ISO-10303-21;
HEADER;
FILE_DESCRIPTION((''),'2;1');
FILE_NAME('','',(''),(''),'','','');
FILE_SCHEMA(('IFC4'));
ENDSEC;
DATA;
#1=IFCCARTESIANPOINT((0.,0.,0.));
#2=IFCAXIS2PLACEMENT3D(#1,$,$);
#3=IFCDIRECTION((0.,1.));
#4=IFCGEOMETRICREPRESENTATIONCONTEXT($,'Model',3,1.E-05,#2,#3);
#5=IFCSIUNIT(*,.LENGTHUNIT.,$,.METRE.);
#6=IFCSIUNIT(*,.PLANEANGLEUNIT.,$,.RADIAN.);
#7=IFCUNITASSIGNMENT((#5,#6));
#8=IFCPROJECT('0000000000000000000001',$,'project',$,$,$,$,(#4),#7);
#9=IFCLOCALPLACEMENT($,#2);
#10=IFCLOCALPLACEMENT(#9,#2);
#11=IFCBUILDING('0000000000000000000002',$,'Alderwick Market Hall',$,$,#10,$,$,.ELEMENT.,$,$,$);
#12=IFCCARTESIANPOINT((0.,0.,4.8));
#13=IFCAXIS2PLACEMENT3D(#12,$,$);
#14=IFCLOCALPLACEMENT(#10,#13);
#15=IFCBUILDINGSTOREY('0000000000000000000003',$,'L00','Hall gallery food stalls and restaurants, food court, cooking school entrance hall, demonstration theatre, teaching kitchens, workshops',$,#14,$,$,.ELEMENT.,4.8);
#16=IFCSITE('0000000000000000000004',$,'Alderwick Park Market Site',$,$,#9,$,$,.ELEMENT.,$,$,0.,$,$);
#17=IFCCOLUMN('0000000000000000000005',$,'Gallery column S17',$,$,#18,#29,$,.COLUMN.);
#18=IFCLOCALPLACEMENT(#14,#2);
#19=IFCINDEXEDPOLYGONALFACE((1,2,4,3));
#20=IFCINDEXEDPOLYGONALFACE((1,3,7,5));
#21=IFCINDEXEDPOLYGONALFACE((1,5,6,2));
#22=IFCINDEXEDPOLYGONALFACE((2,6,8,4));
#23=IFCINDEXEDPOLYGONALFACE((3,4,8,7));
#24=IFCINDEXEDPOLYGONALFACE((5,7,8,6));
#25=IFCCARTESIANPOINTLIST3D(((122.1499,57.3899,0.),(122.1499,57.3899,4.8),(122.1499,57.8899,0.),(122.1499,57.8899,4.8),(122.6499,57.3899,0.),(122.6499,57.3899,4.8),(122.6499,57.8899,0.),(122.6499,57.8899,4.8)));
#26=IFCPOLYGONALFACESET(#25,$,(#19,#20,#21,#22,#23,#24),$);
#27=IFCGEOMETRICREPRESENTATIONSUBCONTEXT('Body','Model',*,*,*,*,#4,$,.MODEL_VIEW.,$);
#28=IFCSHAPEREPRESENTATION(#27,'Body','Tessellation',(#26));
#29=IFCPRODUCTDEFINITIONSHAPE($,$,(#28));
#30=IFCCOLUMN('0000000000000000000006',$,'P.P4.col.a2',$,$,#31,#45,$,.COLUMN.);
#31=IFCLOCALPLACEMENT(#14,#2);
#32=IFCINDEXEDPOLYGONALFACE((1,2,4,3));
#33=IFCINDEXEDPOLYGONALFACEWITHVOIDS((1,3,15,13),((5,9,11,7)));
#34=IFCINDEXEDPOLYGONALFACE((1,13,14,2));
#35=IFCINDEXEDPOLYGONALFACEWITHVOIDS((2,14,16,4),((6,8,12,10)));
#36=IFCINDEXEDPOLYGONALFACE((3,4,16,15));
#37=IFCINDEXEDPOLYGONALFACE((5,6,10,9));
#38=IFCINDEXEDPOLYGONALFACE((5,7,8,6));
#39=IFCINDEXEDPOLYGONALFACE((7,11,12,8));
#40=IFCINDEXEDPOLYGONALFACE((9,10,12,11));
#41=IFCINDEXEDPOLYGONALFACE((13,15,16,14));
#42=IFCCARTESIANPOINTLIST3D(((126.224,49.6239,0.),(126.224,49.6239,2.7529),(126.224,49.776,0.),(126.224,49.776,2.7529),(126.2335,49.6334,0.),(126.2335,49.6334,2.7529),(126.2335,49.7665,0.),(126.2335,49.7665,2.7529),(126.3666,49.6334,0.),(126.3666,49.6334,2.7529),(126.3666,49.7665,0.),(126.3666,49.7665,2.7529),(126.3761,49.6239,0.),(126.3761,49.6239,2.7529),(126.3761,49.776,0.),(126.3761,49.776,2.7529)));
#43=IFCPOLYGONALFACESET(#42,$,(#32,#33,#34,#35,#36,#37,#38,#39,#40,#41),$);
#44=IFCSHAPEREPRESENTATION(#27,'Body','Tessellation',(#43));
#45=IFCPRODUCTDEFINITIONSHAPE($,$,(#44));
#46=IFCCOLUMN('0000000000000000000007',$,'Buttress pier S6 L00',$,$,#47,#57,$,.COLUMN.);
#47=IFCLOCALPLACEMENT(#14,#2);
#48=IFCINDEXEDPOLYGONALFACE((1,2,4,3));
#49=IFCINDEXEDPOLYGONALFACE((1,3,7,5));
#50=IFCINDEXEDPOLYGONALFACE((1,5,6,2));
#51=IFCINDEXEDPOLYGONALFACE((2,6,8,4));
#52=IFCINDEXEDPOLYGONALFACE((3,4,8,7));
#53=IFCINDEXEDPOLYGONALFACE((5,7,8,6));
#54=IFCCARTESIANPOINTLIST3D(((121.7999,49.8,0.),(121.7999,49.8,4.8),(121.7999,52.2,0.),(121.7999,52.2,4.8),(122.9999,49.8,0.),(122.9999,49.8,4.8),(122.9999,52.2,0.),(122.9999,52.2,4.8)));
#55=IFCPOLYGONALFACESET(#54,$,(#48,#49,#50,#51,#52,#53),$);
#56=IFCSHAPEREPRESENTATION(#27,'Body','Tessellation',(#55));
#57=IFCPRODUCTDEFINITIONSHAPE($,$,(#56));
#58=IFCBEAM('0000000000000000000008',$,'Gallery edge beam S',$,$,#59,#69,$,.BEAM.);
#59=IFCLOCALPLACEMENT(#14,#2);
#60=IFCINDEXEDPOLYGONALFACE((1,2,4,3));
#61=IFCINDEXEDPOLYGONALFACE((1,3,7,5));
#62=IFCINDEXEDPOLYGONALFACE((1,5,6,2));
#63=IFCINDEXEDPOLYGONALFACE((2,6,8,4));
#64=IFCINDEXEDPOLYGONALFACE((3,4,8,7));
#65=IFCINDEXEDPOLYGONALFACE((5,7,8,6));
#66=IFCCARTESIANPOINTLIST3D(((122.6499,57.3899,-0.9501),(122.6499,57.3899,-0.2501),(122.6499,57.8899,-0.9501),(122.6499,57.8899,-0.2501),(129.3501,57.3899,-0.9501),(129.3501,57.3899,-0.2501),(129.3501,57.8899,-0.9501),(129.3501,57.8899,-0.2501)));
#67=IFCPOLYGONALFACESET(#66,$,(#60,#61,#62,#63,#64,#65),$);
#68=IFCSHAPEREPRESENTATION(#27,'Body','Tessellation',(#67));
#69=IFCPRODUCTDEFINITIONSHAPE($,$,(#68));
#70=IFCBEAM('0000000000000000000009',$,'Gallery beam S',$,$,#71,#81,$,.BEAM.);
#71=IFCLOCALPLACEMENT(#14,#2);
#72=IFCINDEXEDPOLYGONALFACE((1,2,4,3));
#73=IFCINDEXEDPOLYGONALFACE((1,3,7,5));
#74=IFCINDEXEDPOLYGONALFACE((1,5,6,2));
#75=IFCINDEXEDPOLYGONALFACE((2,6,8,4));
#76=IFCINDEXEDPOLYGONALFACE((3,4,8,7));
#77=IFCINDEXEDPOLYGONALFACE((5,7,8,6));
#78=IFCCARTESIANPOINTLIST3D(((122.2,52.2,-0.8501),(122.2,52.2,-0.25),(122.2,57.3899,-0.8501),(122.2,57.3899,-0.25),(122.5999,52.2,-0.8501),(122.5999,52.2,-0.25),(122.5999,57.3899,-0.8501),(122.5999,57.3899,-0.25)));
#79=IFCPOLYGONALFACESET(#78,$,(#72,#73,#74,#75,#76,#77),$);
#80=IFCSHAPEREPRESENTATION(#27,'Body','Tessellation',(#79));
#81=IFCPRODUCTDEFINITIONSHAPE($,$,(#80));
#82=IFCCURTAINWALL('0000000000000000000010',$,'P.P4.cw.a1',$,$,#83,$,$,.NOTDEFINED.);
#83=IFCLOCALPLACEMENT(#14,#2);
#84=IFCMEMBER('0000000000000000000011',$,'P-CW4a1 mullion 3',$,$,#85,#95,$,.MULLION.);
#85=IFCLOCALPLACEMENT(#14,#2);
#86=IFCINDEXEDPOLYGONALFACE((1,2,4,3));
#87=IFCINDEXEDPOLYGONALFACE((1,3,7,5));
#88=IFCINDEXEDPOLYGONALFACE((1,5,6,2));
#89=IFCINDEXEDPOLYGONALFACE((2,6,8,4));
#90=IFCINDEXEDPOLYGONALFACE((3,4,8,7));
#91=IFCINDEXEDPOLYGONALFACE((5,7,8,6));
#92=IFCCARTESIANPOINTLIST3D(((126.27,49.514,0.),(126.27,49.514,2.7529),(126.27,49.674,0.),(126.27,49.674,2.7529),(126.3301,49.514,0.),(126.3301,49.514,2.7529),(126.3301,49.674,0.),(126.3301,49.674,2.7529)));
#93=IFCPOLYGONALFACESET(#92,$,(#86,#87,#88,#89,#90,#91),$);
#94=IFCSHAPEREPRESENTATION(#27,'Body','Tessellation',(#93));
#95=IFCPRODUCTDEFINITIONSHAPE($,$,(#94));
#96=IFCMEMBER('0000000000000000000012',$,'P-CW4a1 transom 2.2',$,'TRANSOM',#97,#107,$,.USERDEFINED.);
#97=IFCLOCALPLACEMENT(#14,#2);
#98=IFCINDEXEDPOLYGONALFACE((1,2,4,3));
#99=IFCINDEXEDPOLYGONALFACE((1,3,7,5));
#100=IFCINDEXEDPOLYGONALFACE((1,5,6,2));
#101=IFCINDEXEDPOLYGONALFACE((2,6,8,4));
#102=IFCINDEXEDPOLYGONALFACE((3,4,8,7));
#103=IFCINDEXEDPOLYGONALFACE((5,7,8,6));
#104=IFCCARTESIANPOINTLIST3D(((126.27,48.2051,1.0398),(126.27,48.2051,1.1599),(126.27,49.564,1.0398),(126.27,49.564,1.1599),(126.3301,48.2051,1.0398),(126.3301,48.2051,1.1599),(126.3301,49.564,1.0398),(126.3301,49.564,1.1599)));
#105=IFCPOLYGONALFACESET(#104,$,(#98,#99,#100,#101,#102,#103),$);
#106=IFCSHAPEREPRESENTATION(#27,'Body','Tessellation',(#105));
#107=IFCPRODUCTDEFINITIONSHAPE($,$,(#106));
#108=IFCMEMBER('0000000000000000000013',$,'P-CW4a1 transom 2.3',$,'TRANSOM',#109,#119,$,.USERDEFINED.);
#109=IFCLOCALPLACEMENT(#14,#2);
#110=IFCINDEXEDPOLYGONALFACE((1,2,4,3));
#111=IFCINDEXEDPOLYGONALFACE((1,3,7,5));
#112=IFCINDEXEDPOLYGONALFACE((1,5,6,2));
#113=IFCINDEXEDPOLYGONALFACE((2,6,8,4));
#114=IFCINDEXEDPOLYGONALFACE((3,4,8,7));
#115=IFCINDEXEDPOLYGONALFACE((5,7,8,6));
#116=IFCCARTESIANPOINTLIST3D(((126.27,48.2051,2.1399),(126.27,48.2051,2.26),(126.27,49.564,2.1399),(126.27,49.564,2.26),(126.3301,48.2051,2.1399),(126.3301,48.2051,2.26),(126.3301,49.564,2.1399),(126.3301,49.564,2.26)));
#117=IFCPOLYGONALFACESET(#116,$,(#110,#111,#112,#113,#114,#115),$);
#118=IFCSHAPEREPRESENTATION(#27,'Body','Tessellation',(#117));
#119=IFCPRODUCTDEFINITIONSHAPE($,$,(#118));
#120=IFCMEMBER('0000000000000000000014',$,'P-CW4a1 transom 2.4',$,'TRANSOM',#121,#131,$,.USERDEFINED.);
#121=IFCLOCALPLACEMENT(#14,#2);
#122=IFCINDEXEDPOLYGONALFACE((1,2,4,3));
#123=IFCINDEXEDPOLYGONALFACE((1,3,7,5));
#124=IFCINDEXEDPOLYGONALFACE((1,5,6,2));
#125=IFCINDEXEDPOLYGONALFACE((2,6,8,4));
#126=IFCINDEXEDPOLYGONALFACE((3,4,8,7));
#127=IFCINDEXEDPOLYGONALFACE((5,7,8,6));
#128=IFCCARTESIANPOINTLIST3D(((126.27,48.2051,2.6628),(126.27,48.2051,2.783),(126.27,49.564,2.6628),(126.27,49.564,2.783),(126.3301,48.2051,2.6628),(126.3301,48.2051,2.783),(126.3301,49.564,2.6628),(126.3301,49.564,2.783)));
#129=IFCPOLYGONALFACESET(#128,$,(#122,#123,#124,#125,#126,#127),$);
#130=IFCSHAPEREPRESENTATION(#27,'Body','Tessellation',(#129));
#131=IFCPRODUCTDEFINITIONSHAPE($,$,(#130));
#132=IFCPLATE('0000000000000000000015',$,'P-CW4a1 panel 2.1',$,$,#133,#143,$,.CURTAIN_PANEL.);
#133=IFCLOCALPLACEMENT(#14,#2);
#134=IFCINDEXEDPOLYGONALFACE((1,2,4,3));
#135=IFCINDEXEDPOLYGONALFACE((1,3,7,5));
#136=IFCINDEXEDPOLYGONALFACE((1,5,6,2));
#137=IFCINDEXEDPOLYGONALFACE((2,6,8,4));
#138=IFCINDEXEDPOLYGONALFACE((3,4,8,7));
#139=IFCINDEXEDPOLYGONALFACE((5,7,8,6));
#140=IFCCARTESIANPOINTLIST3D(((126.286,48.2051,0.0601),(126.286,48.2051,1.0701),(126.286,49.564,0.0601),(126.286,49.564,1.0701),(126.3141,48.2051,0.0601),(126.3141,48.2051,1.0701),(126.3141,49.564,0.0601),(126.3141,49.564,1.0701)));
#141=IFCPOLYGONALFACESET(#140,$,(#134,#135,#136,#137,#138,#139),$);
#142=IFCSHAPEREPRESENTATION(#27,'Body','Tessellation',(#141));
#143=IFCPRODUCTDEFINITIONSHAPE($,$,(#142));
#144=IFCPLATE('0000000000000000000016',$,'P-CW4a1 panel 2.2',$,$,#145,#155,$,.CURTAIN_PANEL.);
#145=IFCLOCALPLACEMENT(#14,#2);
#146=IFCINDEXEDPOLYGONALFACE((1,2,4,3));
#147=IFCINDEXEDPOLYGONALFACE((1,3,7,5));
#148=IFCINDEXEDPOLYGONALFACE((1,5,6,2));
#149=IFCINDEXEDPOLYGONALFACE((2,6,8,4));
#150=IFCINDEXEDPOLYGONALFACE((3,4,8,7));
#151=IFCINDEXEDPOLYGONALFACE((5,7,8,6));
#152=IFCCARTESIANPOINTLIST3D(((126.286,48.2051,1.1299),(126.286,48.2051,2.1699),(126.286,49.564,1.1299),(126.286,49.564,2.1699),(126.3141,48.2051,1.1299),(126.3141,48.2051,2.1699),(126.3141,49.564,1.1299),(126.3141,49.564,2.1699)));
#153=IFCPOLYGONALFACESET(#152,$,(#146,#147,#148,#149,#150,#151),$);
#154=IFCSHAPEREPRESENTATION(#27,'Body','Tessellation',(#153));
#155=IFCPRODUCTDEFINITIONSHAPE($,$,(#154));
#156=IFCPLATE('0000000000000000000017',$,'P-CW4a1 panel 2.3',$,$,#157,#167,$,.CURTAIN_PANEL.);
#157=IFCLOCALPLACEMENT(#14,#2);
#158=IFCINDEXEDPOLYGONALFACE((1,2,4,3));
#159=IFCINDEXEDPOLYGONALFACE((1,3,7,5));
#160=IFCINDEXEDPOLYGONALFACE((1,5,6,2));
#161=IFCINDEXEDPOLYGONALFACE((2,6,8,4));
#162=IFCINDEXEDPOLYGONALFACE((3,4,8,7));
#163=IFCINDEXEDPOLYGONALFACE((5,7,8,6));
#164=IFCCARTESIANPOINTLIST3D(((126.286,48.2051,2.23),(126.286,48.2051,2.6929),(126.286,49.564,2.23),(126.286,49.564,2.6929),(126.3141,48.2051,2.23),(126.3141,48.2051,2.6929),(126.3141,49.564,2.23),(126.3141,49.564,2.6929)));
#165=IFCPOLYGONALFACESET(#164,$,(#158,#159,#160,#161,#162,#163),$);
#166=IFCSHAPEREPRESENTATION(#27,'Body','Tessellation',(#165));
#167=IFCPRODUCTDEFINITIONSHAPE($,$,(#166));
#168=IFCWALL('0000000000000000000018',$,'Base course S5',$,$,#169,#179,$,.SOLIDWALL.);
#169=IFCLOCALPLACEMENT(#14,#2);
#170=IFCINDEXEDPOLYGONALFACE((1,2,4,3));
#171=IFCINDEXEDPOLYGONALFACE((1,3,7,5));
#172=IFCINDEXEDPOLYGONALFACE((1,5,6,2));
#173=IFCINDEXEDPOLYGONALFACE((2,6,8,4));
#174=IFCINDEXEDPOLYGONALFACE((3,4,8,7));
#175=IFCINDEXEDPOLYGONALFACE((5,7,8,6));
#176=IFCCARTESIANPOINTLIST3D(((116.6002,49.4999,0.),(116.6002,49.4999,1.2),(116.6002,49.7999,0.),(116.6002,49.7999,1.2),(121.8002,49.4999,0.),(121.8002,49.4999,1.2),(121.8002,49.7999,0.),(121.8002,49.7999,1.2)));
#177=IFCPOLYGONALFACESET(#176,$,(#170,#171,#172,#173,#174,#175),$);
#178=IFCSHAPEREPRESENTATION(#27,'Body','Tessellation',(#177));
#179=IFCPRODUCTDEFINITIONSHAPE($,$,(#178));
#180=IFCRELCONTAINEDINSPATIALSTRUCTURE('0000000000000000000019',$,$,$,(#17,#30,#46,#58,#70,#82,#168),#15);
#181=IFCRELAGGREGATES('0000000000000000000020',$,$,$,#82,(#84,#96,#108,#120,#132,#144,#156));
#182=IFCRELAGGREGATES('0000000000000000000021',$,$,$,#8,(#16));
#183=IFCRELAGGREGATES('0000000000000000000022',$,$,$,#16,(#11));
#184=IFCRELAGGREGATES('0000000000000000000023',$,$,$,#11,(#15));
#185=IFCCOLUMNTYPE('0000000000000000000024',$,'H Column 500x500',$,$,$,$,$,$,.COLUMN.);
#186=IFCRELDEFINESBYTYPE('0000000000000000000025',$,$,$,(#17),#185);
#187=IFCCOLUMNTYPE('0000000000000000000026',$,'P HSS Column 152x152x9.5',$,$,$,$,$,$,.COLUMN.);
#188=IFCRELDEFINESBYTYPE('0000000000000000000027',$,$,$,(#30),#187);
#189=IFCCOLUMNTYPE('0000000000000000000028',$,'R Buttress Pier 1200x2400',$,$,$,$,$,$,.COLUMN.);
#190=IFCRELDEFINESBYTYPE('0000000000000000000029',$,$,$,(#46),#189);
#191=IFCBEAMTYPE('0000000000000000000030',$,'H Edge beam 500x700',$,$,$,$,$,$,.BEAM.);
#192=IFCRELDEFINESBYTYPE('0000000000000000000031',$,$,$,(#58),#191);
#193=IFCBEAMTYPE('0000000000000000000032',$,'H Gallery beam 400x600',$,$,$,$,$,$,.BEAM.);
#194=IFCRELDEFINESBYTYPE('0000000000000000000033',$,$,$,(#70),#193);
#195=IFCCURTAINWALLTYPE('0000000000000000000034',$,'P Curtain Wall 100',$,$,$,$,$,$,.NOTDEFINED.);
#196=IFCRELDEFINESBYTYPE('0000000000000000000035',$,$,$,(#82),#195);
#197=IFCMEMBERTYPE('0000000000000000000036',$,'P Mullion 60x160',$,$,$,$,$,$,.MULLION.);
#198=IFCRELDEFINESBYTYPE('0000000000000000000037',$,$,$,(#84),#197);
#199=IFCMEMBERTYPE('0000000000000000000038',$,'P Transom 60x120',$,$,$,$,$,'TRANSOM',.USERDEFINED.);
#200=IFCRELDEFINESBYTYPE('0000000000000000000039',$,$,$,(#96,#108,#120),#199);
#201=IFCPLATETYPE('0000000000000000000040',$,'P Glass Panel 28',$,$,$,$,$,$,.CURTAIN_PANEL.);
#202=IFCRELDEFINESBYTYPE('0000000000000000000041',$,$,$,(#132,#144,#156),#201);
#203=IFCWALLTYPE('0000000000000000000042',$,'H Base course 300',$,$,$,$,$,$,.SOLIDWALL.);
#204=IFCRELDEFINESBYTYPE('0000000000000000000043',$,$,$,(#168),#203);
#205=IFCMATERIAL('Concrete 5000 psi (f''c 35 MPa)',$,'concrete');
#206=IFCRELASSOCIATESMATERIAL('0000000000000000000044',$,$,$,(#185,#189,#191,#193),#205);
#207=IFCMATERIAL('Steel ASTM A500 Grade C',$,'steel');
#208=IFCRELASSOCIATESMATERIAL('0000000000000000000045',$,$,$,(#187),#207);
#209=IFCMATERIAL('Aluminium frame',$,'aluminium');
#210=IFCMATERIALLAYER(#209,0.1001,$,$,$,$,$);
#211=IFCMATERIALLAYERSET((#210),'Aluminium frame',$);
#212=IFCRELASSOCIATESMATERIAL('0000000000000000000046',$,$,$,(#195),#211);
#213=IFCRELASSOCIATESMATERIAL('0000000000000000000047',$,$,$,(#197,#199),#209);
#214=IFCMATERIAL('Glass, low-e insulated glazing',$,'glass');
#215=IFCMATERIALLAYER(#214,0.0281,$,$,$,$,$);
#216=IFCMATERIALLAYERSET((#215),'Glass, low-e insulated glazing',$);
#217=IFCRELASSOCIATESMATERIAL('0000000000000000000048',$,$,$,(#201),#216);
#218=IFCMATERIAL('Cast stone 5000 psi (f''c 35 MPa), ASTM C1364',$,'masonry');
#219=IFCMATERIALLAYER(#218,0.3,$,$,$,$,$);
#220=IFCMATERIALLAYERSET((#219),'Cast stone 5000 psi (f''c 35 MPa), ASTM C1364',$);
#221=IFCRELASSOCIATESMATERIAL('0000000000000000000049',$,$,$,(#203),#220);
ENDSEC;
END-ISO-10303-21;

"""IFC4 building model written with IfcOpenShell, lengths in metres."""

from ifc_helpers import new_model, si_unit, direction, frame, frame_2d, origin, origin_2d, place, context, subcontext, project, spatial, rectangle, hollow_rectangle, extrude, material, layer, layer_set, material_profile, profile_set, type_object, element, aggregate, save


model = new_model("IFC4")

# Units and contexts
model_context = context("Model", 3, precision=1e-05, world=origin(), true_north=direction((0.0, 1.0)))
body_context = subcontext(model_context, "Body", "Model", "MODEL_VIEW")
ifc_project = project(units=[si_unit("LENGTHUNIT", "METRE"), si_unit("PLANEANGLEUNIT", "RADIAN")], contexts=[model_context])

# Site, building, storey
site_placement = place(None, origin())
site = spatial("IfcSite", under=ifc_project, at=site_placement, Name="Alderwick Park Market Site", CompositionType="ELEMENT", RefElevation=0.0)
building_placement = place(site_placement, origin())
building = spatial("IfcBuilding", under=site, at=building_placement, Name="Alderwick Market Hall", CompositionType="ELEMENT")
storey_placement = place(building_placement, frame((0.0, 0.0, 4.8)))
storey = spatial("IfcBuildingStorey", under=building, at=storey_placement, Name="L00", Description="Hall gallery food stalls and restaurants, food court, cooking school entrance hall, demonstration theatre, teaching kitchens, workshops", CompositionType="ELEMENT", Elevation=4.8)

# Columns
ifc_material_1 = material(Name="Concrete 5000 psi (f'c 35 MPa)", Category="concrete")
ifc_material_profile_1 = material_profile(ifc_material_1, rectangle(XDim=0.5, YDim=0.5, at=origin_2d()), Name="RC 500x500")
ifc_profile_set_1 = profile_set([ifc_material_profile_1], Name="Concrete 5000 psi (f'c 35 MPa)")
column_type_1 = type_object("IfcColumnType", Name="H Column 500x500", PredefinedType="COLUMN", material=ifc_profile_set_1)
column_1_placement = place(storey_placement, frame((122.3999, 57.6399, 0.0), z_axis=(0.0, 0.0, 1.0), x_axis=(1.0, 0.0, 0.0)))
element("IfcColumn", 1, at=column_1_placement, inside=storey, type_object=column_type_1, Name="Gallery column S17", PredefinedType="COLUMN", context=body_context, shape_type="SweptSolid", body=[
    extrude(rectangle(XDim=0.5, YDim=0.5, at=origin_2d()), origin(), (0.0, 0.0, 1.0), 4.8),
])
ifc_material_2 = material(Name="Steel ASTM A500 Grade C", Category="steel")
ifc_material_profile_2 = material_profile(ifc_material_2, hollow_rectangle(XDim=0.1521, YDim=0.1521, WallThickness=0.0095, at=origin_2d()), Name="HSS152x152x9.5")
ifc_profile_set_2 = profile_set([ifc_material_profile_2], Name="Steel ASTM A500 Grade C")
column_type_2 = type_object("IfcColumnType", Name="P HSS Column 152x152x9.5", PredefinedType="COLUMN", material=ifc_profile_set_2)
column_2_placement = place(storey_placement, frame((126.3, 49.7, 0.0), z_axis=(0.0, 0.0, 1.0), x_axis=(1.0, 0.0, 0.0)))
element("IfcColumn", 2, at=column_2_placement, inside=storey, type_object=column_type_2, Name="P.P4.col.a2", PredefinedType="COLUMN", context=body_context, shape_type="SweptSolid", body=[
    extrude(hollow_rectangle(XDim=0.1521, YDim=0.1521, WallThickness=0.0095, at=origin_2d()), origin(), (0.0, 0.0, 1.0), 2.7529),
])
ifc_material_profile_3 = material_profile(ifc_material_1, rectangle(XDim=1.2, YDim=2.3999, at=origin_2d()), Name="RC 1200x2400")
ifc_profile_set_3 = profile_set([ifc_material_profile_3], Name="Concrete 5000 psi (f'c 35 MPa)")
column_type_3 = type_object("IfcColumnType", Name="R Buttress Pier 1200x2400", PredefinedType="COLUMN", material=ifc_profile_set_3)
column_3_placement = place(storey_placement, frame((122.3999, 51.0, 0.0), z_axis=(0.0, 0.0, 1.0), x_axis=(1.0, 0.0, 0.0)))
element("IfcColumn", 3, at=column_3_placement, inside=storey, type_object=column_type_3, Name="Buttress pier S6 L00", PredefinedType="COLUMN", context=body_context, shape_type="SweptSolid", body=[
    extrude(rectangle(XDim=1.2, YDim=2.3999, at=origin_2d()), origin(), (0.0, 0.0, 1.0), 4.8),
])

# Beams
ifc_material_profile_4 = material_profile(ifc_material_1, rectangle(XDim=0.5, YDim=0.7, at=origin_2d()), Name="RC 500x700")
ifc_profile_set_4 = profile_set([ifc_material_profile_4], Name="Concrete 5000 psi (f'c 35 MPa)")
beam_type_1 = type_object("IfcBeamType", Name="H Edge beam 500x700", PredefinedType="BEAM", material=ifc_profile_set_4)
beam_1_placement = place(storey_placement, frame((122.6499, 57.6399, -0.6001), z_axis=(1.0, 0.0, 0.0), x_axis=(0.0, 1.0, 0.0)))
element("IfcBeam", 4, at=beam_1_placement, inside=storey, type_object=beam_type_1, Name="Gallery edge beam S", PredefinedType="BEAM", context=body_context, shape_type="SweptSolid", body=[
    extrude(rectangle(XDim=0.5, YDim=0.7, at=origin_2d()), origin(), (0.0, 0.0, 1.0), 6.7002),
])
ifc_material_profile_5 = material_profile(ifc_material_1, rectangle(XDim=0.3999, YDim=0.6001, at=origin_2d()), Name="RC 400x600")
ifc_profile_set_5 = profile_set([ifc_material_profile_5], Name="Concrete 5000 psi (f'c 35 MPa)")
beam_type_2 = type_object("IfcBeamType", Name="H Gallery beam 400x600", PredefinedType="BEAM", material=ifc_profile_set_5)
beam_2_placement = place(storey_placement, frame((122.3999, 52.2, -0.55), z_axis=(0.0, 1.0, 0.0), x_axis=(-1.0, 0.0, 0.0)))
element("IfcBeam", 5, at=beam_2_placement, inside=storey, type_object=beam_type_2, Name="Gallery beam S", PredefinedType="BEAM", context=body_context, shape_type="SweptSolid", body=[
    extrude(rectangle(XDim=0.3999, YDim=0.6001, at=origin_2d()), origin(), (0.0, 0.0, 1.0), 5.1899),
])

# Curtain wall, members, plates
ifc_material_3 = material(Name="Aluminium frame", Category="aluminium")
ifc_layer_1 = layer(ifc_material_3, 0.1001)
ifc_layer_set_1 = layer_set([ifc_layer_1], Name="Aluminium frame")
curtain_wall_type = type_object("IfcCurtainWallType", Name="P Curtain Wall 100", PredefinedType="NOTDEFINED", material=ifc_layer_set_1)
curtain_wall_placement = place(storey_placement, origin())
curtain_wall = element("IfcCurtainWall", 6, at=curtain_wall_placement, inside=storey, type_object=curtain_wall_type, Name="P.P4.cw.a1", PredefinedType="NOTDEFINED")
ifc_material_profile_6 = material_profile(ifc_material_3, rectangle(XDim=0.0601, YDim=0.1599, at=origin_2d()), Name="P Mullion 60x160")
ifc_profile_set_6 = profile_set([ifc_material_profile_6], Name="Aluminium frame")
member_type_1 = type_object("IfcMemberType", Name="P Mullion 60x160", PredefinedType="MULLION", material=ifc_profile_set_6)
member_1_placement = place(storey_placement, frame((126.3, 49.594, 0.0), z_axis=(0.0, 0.0, 1.0), x_axis=(-1.0, 0.0, 0.0)))
member_1 = element("IfcMember", 7, at=member_1_placement, type_object=member_type_1, Name="P-CW4a1 mullion 3", PredefinedType="MULLION", context=body_context, shape_type="SweptSolid", body=[
    extrude(rectangle(XDim=0.0601, YDim=0.1599, at=origin_2d()), origin(), (0.0, 0.0, 1.0), 2.7529),
])
ifc_material_profile_7 = material_profile(ifc_material_3, rectangle(XDim=0.0601, YDim=0.1201, at=origin_2d()), Name="P Transom 60x120")
ifc_profile_set_7 = profile_set([ifc_material_profile_7], Name="Aluminium frame")
member_type_2 = type_object("IfcMemberType", Name="P Transom 60x120", ElementType="TRANSOM", PredefinedType="USERDEFINED", material=ifc_profile_set_7)
member_2_placement = place(storey_placement, frame((126.3, 48.2051, 1.0999), z_axis=(0.0, 1.0, 0.0), x_axis=(-1.0, 0.0, 0.0)))
member_2 = element("IfcMember", 8, at=member_2_placement, type_object=member_type_2, Name="P-CW4a1 transom 2.2", ObjectType="TRANSOM", PredefinedType="USERDEFINED", context=body_context, shape_type="SweptSolid", body=[
    extrude(rectangle(XDim=0.0601, YDim=0.1201, at=origin_2d()), origin(), (0.0, 0.0, 1.0), 1.3589),
])
member_3_placement = place(storey_placement, frame((126.3, 48.2051, 2.2), z_axis=(0.0, 1.0, 0.0), x_axis=(-1.0, 0.0, 0.0)))
member_3 = element("IfcMember", 9, at=member_3_placement, type_object=member_type_2, Name="P-CW4a1 transom 2.3", ObjectType="TRANSOM", PredefinedType="USERDEFINED", context=body_context, shape_type="SweptSolid", body=[
    extrude(rectangle(XDim=0.0601, YDim=0.1201, at=origin_2d()), origin(), (0.0, 0.0, 1.0), 1.3589),
])
member_4_placement = place(storey_placement, frame((126.3, 48.2051, 2.7229), z_axis=(0.0, 1.0, 0.0), x_axis=(-1.0, 0.0, 0.0)))
member_4 = element("IfcMember", 10, at=member_4_placement, type_object=member_type_2, Name="P-CW4a1 transom 2.4", ObjectType="TRANSOM", PredefinedType="USERDEFINED", context=body_context, shape_type="SweptSolid", body=[
    extrude(rectangle(XDim=0.0601, YDim=0.1201, at=origin_2d()), origin(), (0.0, 0.0, 1.0), 1.3589),
])
ifc_material_4 = material(Name="Glass, low-e insulated glazing", Category="glass")
ifc_layer_2 = layer(ifc_material_4, 0.0281)
ifc_layer_set_2 = layer_set([ifc_layer_2], Name="Glass, low-e insulated glazing")
plate_type = type_object("IfcPlateType", Name="P Glass Panel 28", PredefinedType="CURTAIN_PANEL", material=ifc_layer_set_2)
plate_1_placement = place(storey_placement, frame((126.3, 48.8845, 0.0601), z_axis=(0.0, 0.0, 1.0), x_axis=(0.0, 1.0, 0.0)))
plate_1 = element("IfcPlate", 11, at=plate_1_placement, type_object=plate_type, Name="P-CW4a1 panel 2.1", PredefinedType="CURTAIN_PANEL", context=body_context, shape_type="SweptSolid", body=[
    extrude(rectangle(XDim=1.3589, YDim=0.0281, at=origin_2d()), origin(), (0.0, 0.0, 1.0), 1.01),
])
plate_2_placement = place(storey_placement, frame((126.3, 48.8845, 1.1299), z_axis=(0.0, 0.0, 1.0), x_axis=(0.0, 1.0, 0.0)))
plate_2 = element("IfcPlate", 12, at=plate_2_placement, type_object=plate_type, Name="P-CW4a1 panel 2.2", PredefinedType="CURTAIN_PANEL", context=body_context, shape_type="SweptSolid", body=[
    extrude(rectangle(XDim=1.3589, YDim=0.0281, at=origin_2d()), origin(), (0.0, 0.0, 1.0), 1.04),
])
plate_3_placement = place(storey_placement, frame((126.3, 48.8845, 2.23), z_axis=(0.0, 0.0, 1.0), x_axis=(0.0, 1.0, 0.0)))
plate_3 = element("IfcPlate", 13, at=plate_3_placement, type_object=plate_type, Name="P-CW4a1 panel 2.3", PredefinedType="CURTAIN_PANEL", context=body_context, shape_type="SweptSolid", body=[
    extrude(rectangle(XDim=1.3589, YDim=0.0281, at=origin_2d()), origin(), (0.0, 0.0, 1.0), 0.4629),
])
aggregate(curtain_wall, [member_1, member_2, member_3, member_4, plate_1, plate_2, plate_3])

# Wall
ifc_material_5 = material(Name="Cast stone 5000 psi (f'c 35 MPa), ASTM C1364", Category="masonry")
ifc_layer_3 = layer(ifc_material_5, 0.3)
ifc_layer_set_3 = layer_set([ifc_layer_3], Name="Cast stone 5000 psi (f'c 35 MPa), ASTM C1364")
wall_type_1 = type_object("IfcWallType", Name="H Base course 300", PredefinedType="SOLIDWALL", material=ifc_layer_set_3)
wall_1_placement = place(storey_placement, frame((116.6001, 49.6499, 0.0), z_axis=(0.0, 0.0, 1.0), x_axis=(1.0, 0.0, 0.0)))
element("IfcWall", 14, at=wall_1_placement, inside=storey, type_object=wall_type_1, Name="Base course S5", PredefinedType="SOLIDWALL", context=body_context, shape_type="SweptSolid", body=[
    extrude(rectangle(XDim=5.2, YDim=0.3, at=frame_2d((2.6001, 0.0))), origin(), (0.0, 0.0, 1.0), 1.2),
])

save(model, "model.ifc")
